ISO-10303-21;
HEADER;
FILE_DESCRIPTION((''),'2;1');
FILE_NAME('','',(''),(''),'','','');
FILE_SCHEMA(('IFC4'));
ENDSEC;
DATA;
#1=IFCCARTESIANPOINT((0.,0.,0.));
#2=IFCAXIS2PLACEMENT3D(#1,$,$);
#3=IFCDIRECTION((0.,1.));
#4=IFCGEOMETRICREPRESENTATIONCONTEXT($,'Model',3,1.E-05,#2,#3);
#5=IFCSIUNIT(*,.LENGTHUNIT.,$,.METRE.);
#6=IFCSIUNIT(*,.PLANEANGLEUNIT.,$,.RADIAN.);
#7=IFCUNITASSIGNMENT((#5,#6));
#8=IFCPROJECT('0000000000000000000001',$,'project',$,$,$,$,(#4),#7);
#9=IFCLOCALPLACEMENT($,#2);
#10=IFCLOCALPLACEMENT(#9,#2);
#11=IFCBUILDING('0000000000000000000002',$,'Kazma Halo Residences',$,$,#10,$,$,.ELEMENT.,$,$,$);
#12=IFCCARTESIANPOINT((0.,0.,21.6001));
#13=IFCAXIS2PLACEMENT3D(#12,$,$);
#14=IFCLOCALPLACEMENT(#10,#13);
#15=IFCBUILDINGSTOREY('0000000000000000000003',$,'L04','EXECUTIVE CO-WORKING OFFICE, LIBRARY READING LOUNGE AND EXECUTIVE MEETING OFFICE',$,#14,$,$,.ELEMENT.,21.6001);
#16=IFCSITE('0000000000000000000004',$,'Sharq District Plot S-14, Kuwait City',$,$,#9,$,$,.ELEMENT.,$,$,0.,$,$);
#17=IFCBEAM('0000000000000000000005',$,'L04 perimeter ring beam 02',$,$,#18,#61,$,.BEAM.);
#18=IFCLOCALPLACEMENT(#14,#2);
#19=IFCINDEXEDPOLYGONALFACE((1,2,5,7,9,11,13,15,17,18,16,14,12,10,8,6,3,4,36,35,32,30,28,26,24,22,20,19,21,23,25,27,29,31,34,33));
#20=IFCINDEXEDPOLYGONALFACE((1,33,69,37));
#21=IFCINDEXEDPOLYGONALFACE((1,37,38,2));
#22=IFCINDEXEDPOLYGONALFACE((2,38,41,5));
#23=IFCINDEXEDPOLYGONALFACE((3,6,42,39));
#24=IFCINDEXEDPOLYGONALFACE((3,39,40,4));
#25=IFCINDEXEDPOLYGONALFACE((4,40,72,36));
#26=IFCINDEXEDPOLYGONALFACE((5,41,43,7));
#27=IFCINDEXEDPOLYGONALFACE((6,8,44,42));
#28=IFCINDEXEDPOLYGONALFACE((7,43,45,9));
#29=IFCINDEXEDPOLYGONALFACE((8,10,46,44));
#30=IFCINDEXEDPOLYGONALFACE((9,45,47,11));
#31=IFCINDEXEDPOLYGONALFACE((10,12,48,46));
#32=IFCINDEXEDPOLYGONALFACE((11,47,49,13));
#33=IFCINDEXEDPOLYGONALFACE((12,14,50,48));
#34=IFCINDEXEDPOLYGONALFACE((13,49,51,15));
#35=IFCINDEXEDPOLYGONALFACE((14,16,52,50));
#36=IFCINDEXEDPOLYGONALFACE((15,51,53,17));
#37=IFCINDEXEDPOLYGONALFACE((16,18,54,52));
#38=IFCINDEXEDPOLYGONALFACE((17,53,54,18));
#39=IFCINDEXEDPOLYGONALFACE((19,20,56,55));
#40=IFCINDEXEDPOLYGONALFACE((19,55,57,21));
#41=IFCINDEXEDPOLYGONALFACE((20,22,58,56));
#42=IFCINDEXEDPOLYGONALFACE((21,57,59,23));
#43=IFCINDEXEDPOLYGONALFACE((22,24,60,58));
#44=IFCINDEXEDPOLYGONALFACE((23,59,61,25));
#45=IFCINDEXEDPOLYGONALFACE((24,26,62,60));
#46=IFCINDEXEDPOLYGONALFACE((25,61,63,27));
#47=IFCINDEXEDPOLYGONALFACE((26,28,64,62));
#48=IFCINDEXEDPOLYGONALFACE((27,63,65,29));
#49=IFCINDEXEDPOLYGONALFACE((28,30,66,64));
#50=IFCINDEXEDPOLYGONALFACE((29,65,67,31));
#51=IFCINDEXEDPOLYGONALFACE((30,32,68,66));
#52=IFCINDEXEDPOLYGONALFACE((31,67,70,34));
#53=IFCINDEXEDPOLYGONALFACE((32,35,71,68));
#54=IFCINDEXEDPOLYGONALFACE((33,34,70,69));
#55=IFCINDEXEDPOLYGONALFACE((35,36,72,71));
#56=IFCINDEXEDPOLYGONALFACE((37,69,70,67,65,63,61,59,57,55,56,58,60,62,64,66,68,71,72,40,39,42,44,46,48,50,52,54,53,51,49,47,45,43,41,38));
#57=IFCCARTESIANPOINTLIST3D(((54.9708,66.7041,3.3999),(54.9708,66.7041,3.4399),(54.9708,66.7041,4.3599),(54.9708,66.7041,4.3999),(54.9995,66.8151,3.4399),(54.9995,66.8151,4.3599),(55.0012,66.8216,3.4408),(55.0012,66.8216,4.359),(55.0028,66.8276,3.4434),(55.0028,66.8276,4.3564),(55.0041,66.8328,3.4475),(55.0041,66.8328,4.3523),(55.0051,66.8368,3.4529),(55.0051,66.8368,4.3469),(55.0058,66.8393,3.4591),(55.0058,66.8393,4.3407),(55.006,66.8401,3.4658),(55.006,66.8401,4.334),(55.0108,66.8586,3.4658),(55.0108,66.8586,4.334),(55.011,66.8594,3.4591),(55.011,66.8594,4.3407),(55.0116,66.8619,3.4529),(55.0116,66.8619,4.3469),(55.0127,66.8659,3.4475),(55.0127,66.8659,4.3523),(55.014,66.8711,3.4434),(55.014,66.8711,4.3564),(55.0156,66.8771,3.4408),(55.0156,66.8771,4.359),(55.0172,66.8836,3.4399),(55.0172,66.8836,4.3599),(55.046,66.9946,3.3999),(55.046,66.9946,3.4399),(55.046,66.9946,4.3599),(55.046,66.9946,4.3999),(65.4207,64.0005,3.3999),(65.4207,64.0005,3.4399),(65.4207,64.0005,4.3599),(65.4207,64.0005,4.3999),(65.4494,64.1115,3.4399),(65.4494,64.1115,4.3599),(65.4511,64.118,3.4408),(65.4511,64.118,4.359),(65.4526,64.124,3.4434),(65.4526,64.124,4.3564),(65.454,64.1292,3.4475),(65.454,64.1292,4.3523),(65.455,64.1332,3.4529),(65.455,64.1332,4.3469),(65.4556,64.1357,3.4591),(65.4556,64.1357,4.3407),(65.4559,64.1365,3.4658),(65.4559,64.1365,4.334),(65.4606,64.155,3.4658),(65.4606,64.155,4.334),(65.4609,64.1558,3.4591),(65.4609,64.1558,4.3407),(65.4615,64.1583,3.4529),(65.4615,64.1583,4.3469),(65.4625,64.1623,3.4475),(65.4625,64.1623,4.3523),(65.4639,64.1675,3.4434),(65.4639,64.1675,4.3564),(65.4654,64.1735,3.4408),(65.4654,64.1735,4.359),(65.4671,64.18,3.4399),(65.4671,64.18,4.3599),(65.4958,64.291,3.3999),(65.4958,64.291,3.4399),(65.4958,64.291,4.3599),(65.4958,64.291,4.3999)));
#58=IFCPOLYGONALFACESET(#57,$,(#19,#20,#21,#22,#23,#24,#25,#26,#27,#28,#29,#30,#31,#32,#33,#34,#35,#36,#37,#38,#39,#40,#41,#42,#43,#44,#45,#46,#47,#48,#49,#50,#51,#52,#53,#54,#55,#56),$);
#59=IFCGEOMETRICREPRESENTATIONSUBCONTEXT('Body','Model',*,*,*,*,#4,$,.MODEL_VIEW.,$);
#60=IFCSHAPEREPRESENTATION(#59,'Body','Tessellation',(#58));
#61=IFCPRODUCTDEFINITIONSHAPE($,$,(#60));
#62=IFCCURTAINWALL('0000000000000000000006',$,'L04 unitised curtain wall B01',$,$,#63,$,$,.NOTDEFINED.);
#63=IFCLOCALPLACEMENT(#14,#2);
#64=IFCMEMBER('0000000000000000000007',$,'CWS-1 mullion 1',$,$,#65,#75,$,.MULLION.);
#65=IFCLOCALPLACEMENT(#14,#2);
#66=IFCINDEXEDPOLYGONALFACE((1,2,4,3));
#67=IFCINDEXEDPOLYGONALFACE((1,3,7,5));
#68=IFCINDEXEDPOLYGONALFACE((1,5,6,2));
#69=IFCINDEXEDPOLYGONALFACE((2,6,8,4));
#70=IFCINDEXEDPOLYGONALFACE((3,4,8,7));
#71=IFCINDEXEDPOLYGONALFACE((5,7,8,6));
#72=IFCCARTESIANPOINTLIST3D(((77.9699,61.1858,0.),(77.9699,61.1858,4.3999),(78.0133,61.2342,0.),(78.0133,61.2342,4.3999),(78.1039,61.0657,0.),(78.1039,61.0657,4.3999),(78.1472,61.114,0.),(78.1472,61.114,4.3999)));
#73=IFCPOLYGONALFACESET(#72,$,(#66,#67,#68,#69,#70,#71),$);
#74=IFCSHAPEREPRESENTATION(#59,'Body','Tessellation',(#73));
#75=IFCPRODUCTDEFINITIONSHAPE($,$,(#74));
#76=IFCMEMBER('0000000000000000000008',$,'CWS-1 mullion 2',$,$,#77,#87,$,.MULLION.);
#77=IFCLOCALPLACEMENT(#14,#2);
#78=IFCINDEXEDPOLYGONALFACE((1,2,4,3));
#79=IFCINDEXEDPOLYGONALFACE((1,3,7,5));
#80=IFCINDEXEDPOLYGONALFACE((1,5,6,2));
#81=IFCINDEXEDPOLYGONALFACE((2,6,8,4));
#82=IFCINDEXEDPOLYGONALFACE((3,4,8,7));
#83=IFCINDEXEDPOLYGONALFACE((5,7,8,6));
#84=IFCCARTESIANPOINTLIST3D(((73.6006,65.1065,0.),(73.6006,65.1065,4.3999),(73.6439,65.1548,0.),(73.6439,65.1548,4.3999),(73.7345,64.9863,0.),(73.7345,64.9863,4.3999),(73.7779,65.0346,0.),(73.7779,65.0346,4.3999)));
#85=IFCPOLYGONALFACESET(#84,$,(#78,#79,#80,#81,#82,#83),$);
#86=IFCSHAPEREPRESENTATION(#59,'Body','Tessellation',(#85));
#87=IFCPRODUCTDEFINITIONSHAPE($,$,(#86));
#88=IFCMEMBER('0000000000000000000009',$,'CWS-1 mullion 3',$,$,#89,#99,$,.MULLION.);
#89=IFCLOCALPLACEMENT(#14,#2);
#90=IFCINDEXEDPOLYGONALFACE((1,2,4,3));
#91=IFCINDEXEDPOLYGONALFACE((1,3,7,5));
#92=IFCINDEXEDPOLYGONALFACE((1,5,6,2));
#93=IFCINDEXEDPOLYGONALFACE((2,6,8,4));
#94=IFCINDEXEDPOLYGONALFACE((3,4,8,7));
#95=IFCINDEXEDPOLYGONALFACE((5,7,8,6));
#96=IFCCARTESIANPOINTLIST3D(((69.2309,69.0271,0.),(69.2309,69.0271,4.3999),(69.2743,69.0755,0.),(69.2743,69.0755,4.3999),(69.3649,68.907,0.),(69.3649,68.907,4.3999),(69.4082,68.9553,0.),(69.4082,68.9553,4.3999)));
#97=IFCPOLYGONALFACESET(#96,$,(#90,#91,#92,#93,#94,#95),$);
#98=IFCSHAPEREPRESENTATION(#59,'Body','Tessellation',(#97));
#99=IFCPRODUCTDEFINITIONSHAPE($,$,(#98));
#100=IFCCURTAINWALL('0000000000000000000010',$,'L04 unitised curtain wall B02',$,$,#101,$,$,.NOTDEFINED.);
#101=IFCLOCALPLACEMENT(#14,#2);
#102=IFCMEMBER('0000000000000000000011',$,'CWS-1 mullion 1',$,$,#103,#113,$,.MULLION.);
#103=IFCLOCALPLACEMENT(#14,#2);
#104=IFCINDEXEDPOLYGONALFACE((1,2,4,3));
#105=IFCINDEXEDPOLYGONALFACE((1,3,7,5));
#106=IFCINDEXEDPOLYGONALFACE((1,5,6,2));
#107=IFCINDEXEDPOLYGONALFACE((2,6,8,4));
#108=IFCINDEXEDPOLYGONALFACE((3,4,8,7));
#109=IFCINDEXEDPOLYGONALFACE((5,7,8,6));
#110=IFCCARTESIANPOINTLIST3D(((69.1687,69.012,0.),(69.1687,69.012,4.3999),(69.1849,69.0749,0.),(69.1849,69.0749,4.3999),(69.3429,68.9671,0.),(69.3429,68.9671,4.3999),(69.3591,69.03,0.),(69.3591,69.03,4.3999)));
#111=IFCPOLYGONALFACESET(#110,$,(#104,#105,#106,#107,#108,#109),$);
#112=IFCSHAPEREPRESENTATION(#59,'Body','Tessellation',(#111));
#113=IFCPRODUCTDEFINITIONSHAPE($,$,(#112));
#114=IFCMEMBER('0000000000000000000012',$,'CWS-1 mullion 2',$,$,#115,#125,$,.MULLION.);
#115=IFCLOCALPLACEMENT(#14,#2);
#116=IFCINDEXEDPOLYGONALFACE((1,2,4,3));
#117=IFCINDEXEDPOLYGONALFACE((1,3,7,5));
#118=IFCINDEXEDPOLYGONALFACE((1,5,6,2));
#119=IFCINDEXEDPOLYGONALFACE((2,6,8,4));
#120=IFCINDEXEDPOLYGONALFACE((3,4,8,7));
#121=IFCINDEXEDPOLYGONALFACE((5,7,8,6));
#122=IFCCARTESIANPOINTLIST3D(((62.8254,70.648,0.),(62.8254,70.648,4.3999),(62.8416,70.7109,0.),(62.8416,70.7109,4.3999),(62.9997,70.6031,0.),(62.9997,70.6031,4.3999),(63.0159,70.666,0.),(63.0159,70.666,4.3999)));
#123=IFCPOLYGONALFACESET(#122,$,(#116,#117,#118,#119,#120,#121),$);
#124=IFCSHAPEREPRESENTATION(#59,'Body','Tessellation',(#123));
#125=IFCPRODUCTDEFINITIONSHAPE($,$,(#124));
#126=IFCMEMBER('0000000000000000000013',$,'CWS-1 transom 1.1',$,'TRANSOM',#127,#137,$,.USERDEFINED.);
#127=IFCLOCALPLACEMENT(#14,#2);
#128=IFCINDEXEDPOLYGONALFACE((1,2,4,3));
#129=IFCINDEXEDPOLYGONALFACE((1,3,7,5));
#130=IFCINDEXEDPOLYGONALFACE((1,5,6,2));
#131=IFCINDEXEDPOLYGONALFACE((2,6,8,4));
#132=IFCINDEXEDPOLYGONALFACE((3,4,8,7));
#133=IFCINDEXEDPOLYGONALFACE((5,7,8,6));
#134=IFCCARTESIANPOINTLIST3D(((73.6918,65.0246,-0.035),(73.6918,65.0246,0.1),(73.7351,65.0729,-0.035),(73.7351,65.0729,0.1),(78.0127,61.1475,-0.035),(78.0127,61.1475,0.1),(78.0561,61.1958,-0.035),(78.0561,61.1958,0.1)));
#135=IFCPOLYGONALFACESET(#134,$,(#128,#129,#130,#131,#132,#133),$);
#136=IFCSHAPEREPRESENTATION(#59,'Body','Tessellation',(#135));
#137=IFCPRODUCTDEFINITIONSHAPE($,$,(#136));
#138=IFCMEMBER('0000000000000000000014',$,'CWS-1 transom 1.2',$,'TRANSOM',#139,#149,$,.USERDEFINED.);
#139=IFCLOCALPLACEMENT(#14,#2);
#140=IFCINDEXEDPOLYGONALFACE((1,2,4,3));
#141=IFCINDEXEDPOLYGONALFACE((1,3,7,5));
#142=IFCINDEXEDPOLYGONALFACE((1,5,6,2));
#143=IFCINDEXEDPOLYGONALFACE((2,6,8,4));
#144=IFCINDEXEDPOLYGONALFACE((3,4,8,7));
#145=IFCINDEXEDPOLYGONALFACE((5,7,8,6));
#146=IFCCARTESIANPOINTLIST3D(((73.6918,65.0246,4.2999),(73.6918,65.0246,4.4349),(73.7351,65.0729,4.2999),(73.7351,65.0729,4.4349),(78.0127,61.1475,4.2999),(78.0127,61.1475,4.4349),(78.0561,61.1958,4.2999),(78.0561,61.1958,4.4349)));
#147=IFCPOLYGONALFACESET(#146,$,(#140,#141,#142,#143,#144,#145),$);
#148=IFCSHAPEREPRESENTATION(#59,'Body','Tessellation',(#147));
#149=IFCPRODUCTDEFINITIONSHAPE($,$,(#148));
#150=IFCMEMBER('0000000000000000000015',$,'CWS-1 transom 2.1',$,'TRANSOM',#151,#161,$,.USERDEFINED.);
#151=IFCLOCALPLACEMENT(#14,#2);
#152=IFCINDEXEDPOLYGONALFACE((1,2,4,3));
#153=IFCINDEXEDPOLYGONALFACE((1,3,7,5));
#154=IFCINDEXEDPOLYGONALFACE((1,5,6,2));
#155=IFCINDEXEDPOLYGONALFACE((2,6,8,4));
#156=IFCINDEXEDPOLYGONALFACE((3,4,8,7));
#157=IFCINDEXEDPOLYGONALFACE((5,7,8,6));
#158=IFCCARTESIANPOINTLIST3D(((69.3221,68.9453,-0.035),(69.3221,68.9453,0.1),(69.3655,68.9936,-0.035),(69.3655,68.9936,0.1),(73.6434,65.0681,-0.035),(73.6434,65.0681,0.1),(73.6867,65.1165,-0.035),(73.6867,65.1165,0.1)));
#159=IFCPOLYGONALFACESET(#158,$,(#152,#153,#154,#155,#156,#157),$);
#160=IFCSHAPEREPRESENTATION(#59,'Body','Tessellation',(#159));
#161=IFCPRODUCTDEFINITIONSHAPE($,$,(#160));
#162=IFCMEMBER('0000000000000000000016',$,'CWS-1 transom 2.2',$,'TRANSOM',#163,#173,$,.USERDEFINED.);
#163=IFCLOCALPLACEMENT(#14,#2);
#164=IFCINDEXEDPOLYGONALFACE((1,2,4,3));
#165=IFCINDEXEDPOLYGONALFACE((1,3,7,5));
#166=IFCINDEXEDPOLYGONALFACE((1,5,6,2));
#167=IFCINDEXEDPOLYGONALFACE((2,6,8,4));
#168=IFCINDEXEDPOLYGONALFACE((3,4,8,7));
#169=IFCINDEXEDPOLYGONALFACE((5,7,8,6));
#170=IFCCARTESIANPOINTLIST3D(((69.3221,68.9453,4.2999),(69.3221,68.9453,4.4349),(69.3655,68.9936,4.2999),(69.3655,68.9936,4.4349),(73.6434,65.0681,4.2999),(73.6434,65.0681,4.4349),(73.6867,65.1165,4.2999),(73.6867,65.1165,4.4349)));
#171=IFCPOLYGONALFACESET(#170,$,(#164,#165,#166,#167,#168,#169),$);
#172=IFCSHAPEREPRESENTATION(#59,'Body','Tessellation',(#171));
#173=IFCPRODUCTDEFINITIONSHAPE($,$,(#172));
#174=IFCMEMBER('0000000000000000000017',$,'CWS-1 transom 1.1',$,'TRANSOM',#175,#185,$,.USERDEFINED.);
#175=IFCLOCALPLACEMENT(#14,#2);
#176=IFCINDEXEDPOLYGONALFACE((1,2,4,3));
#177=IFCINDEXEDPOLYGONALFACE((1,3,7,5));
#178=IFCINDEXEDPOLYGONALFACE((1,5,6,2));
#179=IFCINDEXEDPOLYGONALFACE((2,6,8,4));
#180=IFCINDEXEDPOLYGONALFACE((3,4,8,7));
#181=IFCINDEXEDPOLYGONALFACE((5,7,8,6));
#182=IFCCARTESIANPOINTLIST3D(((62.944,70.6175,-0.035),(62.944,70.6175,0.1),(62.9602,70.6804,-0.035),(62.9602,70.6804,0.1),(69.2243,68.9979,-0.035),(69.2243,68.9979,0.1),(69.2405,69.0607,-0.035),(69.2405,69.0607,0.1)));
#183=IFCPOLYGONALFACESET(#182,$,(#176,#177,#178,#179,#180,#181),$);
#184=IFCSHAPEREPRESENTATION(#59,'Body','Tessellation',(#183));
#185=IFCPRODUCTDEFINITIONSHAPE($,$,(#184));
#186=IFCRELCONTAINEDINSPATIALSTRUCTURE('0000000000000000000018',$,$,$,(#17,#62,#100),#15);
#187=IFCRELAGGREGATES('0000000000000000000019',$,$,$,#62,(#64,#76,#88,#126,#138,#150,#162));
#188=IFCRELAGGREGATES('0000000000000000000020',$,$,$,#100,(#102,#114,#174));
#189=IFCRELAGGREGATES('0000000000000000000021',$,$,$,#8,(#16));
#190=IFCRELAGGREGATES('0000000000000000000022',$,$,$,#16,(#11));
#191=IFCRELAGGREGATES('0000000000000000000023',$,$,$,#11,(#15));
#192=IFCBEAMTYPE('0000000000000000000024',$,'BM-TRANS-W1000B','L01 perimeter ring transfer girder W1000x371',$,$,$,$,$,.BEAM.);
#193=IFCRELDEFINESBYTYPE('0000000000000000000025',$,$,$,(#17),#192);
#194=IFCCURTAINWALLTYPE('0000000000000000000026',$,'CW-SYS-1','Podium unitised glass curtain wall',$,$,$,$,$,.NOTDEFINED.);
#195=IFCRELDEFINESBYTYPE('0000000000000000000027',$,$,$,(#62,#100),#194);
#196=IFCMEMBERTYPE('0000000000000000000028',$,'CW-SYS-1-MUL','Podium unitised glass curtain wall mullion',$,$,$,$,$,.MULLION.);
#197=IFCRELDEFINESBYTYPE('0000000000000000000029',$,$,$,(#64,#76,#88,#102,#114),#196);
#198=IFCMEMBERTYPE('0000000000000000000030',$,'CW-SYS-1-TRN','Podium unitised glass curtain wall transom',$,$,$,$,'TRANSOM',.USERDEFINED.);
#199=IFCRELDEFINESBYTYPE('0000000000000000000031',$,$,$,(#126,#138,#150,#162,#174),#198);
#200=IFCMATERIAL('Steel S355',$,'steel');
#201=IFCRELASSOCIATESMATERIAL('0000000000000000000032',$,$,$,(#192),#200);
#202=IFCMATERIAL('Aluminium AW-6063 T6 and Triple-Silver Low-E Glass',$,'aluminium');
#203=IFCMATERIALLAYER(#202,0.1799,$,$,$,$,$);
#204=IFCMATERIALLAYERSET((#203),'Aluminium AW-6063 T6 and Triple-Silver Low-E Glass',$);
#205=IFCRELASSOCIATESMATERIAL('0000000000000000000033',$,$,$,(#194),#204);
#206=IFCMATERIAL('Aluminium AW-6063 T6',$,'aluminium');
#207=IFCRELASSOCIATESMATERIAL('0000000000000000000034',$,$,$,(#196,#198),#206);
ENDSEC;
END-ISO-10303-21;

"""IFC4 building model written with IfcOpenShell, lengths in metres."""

from ifc_helpers import new_model, si_unit, direction, frame, origin, origin_2d, place, context, subcontext, project, spatial, rectangle, i_section, extrude, material, layer, layer_set, material_profile, profile_set, type_object, element, aggregate, save


model = new_model("IFC4")

# Units and contexts
model_context = context("Model", 3, precision=1e-05, world=origin(), true_north=direction((0.0, 1.0)))
body_context = subcontext(model_context, "Body", "Model", "MODEL_VIEW")
ifc_project = project(units=[si_unit("LENGTHUNIT", "METRE"), si_unit("PLANEANGLEUNIT", "RADIAN")], contexts=[model_context])

# Site, building, storey
site_placement = place(None, origin())
site = spatial("IfcSite", under=ifc_project, at=site_placement, Name="Sharq District Plot S-14, Kuwait City", CompositionType="ELEMENT", RefElevation=0.0)
building_placement = place(site_placement, origin())
building = spatial("IfcBuilding", under=site, at=building_placement, Name="Kazma Halo Residences", CompositionType="ELEMENT")
storey_placement = place(building_placement, frame((0.0, 0.0, 21.6001)))
storey = spatial("IfcBuildingStorey", under=building, at=storey_placement, Name="L04", Description="EXECUTIVE CO-WORKING OFFICE, LIBRARY READING LOUNGE AND EXECUTIVE MEETING OFFICE", CompositionType="ELEMENT", Elevation=21.6001)

# Beam
ifc_material_1 = material(Name="Steel S355", Category="steel")
ifc_material_profile_1 = material_profile(ifc_material_1, i_section(OverallWidth=0.3, OverallDepth=1.0, WebThickness=0.019, FlangeThickness=0.04, FilletRadius=0.0259, at=origin_2d()), Name="W1000x371")
ifc_profile_set_1 = profile_set([ifc_material_profile_1], Name="Steel S355")
beam_type_1 = type_object("IfcBeamType", Name="BM-TRANS-W1000B", Description="L01 perimeter ring transfer girder W1000x371", PredefinedType="BEAM", material=ifc_profile_set_1)
beam_1_placement = place(storey_placement, frame((65.4583, 64.1458, 3.8999), z_axis=(-0.968124, 0.250473, 0.0), x_axis=(-0.250473, -0.968124, 0.0)))
element("IfcBeam", 1, at=beam_1_placement, inside=storey, type_object=beam_type_1, Name="L04 perimeter ring beam 02", PredefinedType="BEAM", context=body_context, shape_type="SweptSolid", body=[
    extrude(i_section(OverallWidth=0.3, OverallDepth=1.0, WebThickness=0.019, FlangeThickness=0.04, FilletRadius=0.0259, at=origin_2d()), origin(), (0.0, 0.0, 1.0), 10.7939),
])

# Curtain walls, members
ifc_material_2 = material(Name="Aluminium AW-6063 T6 and Triple-Silver Low-E Glass", Category="aluminium")
ifc_layer_1 = layer(ifc_material_2, 0.1799)
ifc_layer_set_1 = layer_set([ifc_layer_1], Name="Aluminium AW-6063 T6 and Triple-Silver Low-E Glass")
curtain_wall_type = type_object("IfcCurtainWallType", Name="CW-SYS-1", Description="Podium unitised glass curtain wall", PredefinedType="NOTDEFINED", material=ifc_layer_set_1)
curtain_wall_1_placement = place(storey_placement, origin())
curtain_wall_1 = element("IfcCurtainWall", 2, at=curtain_wall_1_placement, inside=storey, type_object=curtain_wall_type, Name="L04 unitised curtain wall B01", PredefinedType="NOTDEFINED")
ifc_material_3 = material(Name="Aluminium AW-6063 T6", Category="aluminium")
ifc_material_profile_2 = material_profile(ifc_material_3, rectangle(XDim=0.0649, YDim=0.1799, at=origin_2d()), Name="CWM-65x180")
ifc_profile_set_2 = profile_set([ifc_material_profile_2], Name="Aluminium AW-6063 T6")
member_type_1 = type_object("IfcMemberType", Name="CW-SYS-1-MUL", Description="Podium unitised glass curtain wall mullion", PredefinedType="MULLION", material=ifc_profile_set_2)
member_1_placement = place(storey_placement, frame((78.0586, 61.1499, 0.0), z_axis=(0.0, 0.0, 1.0), x_axis=(-0.667848, -0.744298, 0.0)))
member_1 = element("IfcMember", 3, at=member_1_placement, type_object=member_type_1, Name="CWS-1 mullion 1", PredefinedType="MULLION", context=body_context, shape_type="SweptSolid", body=[
    extrude(rectangle(XDim=0.0649, YDim=0.1799, at=origin_2d()), origin(), (0.0, 0.0, 1.0), 4.3999),
])
member_2_placement = place(storey_placement, frame((73.6892, 65.0706, 0.0), z_axis=(0.0, 0.0, 1.0), x_axis=(-0.667848, -0.744298, 0.0)))
member_2 = element("IfcMember", 4, at=member_2_placement, type_object=member_type_1, Name="CWS-1 mullion 2", PredefinedType="MULLION", context=body_context, shape_type="SweptSolid", body=[
    extrude(rectangle(XDim=0.0649, YDim=0.1799, at=origin_2d()), origin(), (0.0, 0.0, 1.0), 4.3999),
])
member_3_placement = place(storey_placement, frame((69.3196, 68.9912, 0.0), z_axis=(0.0, 0.0, 1.0), x_axis=(-0.667848, -0.744298, 0.0)))
member_3 = element("IfcMember", 5, at=member_3_placement, type_object=member_type_1, Name="CWS-1 mullion 3", PredefinedType="MULLION", context=body_context, shape_type="SweptSolid", body=[
    extrude(rectangle(XDim=0.0649, YDim=0.1799, at=origin_2d()), origin(), (0.0, 0.0, 1.0), 4.3999),
])
curtain_wall_2_placement = place(storey_placement, origin())
curtain_wall_2 = element("IfcCurtainWall", 6, at=curtain_wall_2_placement, inside=storey, type_object=curtain_wall_type, Name="L04 unitised curtain wall B02", PredefinedType="NOTDEFINED")
member_4_placement = place(storey_placement, frame((69.2639, 69.021, 0.0), z_axis=(0.0, 0.0, 1.0), x_axis=(-0.249727, -0.968316, 0.0)))
member_4 = element("IfcMember", 7, at=member_4_placement, type_object=member_type_1, Name="CWS-1 mullion 1", PredefinedType="MULLION", context=body_context, shape_type="SweptSolid", body=[
    extrude(rectangle(XDim=0.0649, YDim=0.1799, at=origin_2d()), origin(), (0.0, 0.0, 1.0), 4.3999),
])
member_5_placement = place(storey_placement, frame((62.9207, 70.657, 0.0), z_axis=(0.0, 0.0, 1.0), x_axis=(-0.249727, -0.968316, 0.0)))
member_5 = element("IfcMember", 8, at=member_5_placement, type_object=member_type_1, Name="CWS-1 mullion 2", PredefinedType="MULLION", context=body_context, shape_type="SweptSolid", body=[
    extrude(rectangle(XDim=0.0649, YDim=0.1799, at=origin_2d()), origin(), (0.0, 0.0, 1.0), 4.3999),
])

# Members
ifc_material_profile_3 = material_profile(ifc_material_3, rectangle(XDim=0.0649, YDim=0.135, at=origin_2d()), Name="CWT-65x135")
ifc_profile_set_3 = profile_set([ifc_material_profile_3], Name="Aluminium AW-6063 T6")
member_type_2 = type_object("IfcMemberType", Name="CW-SYS-1-TRN", Description="Podium unitised glass curtain wall transom", ElementType="TRANSOM", PredefinedType="USERDEFINED", material=ifc_profile_set_3)
member_6_placement = place(storey_placement, frame((78.0344, 61.1716, 0.0325), z_axis=(-0.744299, 0.667846, 0.0), x_axis=(-0.667846, -0.744299, 0.0)))
member_6 = element("IfcMember", 9, at=member_6_placement, type_object=member_type_2, Name="CWS-1 transom 1.1", ObjectType="TRANSOM", PredefinedType="USERDEFINED", context=body_context, shape_type="SweptSolid", body=[
    extrude(rectangle(XDim=0.0649, YDim=0.135, at=origin_2d()), origin(), (0.0, 0.0, 1.0), 5.8054),
])
member_7_placement = place(storey_placement, frame((78.0344, 61.1716, 4.3674), z_axis=(-0.744299, 0.667846, 0.0), x_axis=(-0.667846, -0.744299, 0.0)))
member_7 = element("IfcMember", 10, at=member_7_placement, type_object=member_type_2, Name="CWS-1 transom 1.2", ObjectType="TRANSOM", PredefinedType="USERDEFINED", context=body_context, shape_type="SweptSolid", body=[
    extrude(rectangle(XDim=0.0649, YDim=0.135, at=origin_2d()), origin(), (0.0, 0.0, 1.0), 5.8054),
])
member_8_placement = place(storey_placement, frame((73.665, 65.0923, 0.0325), z_axis=(-0.744318, 0.667826, 0.0), x_axis=(-0.667826, -0.744318, 0.0)))
member_8 = element("IfcMember", 11, at=member_8_placement, type_object=member_type_2, Name="CWS-1 transom 2.1", ObjectType="TRANSOM", PredefinedType="USERDEFINED", context=body_context, shape_type="SweptSolid", body=[
    extrude(rectangle(XDim=0.0649, YDim=0.135, at=origin_2d()), origin(), (0.0, 0.0, 1.0), 5.8057),
])
member_9_placement = place(storey_placement, frame((73.665, 65.0923, 4.3674), z_axis=(-0.744318, 0.667826, 0.0), x_axis=(-0.667826, -0.744318, 0.0)))
member_9 = element("IfcMember", 12, at=member_9_placement, type_object=member_type_2, Name="CWS-1 transom 2.2", ObjectType="TRANSOM", PredefinedType="USERDEFINED", context=body_context, shape_type="SweptSolid", body=[
    extrude(rectangle(XDim=0.0649, YDim=0.135, at=origin_2d()), origin(), (0.0, 0.0, 1.0), 5.8057),
])
member_10_placement = place(storey_placement, frame((69.2324, 69.0293, 0.0325), z_axis=(-0.968318, 0.249721, 0.0), x_axis=(-0.249721, -0.968318, 0.0)))
member_10 = element("IfcMember", 13, at=member_10_placement, type_object=member_type_2, Name="CWS-1 transom 1.1", ObjectType="TRANSOM", PredefinedType="USERDEFINED", context=body_context, shape_type="SweptSolid", body=[
    extrude(rectangle(XDim=0.0649, YDim=0.135, at=origin_2d()), origin(), (0.0, 0.0, 1.0), 6.4858),
])

aggregate(curtain_wall_1, [member_1, member_2, member_3, member_6, member_7, member_8, member_9])
aggregate(curtain_wall_2, [member_4, member_5, member_10])

save(model, "model.ifc")
